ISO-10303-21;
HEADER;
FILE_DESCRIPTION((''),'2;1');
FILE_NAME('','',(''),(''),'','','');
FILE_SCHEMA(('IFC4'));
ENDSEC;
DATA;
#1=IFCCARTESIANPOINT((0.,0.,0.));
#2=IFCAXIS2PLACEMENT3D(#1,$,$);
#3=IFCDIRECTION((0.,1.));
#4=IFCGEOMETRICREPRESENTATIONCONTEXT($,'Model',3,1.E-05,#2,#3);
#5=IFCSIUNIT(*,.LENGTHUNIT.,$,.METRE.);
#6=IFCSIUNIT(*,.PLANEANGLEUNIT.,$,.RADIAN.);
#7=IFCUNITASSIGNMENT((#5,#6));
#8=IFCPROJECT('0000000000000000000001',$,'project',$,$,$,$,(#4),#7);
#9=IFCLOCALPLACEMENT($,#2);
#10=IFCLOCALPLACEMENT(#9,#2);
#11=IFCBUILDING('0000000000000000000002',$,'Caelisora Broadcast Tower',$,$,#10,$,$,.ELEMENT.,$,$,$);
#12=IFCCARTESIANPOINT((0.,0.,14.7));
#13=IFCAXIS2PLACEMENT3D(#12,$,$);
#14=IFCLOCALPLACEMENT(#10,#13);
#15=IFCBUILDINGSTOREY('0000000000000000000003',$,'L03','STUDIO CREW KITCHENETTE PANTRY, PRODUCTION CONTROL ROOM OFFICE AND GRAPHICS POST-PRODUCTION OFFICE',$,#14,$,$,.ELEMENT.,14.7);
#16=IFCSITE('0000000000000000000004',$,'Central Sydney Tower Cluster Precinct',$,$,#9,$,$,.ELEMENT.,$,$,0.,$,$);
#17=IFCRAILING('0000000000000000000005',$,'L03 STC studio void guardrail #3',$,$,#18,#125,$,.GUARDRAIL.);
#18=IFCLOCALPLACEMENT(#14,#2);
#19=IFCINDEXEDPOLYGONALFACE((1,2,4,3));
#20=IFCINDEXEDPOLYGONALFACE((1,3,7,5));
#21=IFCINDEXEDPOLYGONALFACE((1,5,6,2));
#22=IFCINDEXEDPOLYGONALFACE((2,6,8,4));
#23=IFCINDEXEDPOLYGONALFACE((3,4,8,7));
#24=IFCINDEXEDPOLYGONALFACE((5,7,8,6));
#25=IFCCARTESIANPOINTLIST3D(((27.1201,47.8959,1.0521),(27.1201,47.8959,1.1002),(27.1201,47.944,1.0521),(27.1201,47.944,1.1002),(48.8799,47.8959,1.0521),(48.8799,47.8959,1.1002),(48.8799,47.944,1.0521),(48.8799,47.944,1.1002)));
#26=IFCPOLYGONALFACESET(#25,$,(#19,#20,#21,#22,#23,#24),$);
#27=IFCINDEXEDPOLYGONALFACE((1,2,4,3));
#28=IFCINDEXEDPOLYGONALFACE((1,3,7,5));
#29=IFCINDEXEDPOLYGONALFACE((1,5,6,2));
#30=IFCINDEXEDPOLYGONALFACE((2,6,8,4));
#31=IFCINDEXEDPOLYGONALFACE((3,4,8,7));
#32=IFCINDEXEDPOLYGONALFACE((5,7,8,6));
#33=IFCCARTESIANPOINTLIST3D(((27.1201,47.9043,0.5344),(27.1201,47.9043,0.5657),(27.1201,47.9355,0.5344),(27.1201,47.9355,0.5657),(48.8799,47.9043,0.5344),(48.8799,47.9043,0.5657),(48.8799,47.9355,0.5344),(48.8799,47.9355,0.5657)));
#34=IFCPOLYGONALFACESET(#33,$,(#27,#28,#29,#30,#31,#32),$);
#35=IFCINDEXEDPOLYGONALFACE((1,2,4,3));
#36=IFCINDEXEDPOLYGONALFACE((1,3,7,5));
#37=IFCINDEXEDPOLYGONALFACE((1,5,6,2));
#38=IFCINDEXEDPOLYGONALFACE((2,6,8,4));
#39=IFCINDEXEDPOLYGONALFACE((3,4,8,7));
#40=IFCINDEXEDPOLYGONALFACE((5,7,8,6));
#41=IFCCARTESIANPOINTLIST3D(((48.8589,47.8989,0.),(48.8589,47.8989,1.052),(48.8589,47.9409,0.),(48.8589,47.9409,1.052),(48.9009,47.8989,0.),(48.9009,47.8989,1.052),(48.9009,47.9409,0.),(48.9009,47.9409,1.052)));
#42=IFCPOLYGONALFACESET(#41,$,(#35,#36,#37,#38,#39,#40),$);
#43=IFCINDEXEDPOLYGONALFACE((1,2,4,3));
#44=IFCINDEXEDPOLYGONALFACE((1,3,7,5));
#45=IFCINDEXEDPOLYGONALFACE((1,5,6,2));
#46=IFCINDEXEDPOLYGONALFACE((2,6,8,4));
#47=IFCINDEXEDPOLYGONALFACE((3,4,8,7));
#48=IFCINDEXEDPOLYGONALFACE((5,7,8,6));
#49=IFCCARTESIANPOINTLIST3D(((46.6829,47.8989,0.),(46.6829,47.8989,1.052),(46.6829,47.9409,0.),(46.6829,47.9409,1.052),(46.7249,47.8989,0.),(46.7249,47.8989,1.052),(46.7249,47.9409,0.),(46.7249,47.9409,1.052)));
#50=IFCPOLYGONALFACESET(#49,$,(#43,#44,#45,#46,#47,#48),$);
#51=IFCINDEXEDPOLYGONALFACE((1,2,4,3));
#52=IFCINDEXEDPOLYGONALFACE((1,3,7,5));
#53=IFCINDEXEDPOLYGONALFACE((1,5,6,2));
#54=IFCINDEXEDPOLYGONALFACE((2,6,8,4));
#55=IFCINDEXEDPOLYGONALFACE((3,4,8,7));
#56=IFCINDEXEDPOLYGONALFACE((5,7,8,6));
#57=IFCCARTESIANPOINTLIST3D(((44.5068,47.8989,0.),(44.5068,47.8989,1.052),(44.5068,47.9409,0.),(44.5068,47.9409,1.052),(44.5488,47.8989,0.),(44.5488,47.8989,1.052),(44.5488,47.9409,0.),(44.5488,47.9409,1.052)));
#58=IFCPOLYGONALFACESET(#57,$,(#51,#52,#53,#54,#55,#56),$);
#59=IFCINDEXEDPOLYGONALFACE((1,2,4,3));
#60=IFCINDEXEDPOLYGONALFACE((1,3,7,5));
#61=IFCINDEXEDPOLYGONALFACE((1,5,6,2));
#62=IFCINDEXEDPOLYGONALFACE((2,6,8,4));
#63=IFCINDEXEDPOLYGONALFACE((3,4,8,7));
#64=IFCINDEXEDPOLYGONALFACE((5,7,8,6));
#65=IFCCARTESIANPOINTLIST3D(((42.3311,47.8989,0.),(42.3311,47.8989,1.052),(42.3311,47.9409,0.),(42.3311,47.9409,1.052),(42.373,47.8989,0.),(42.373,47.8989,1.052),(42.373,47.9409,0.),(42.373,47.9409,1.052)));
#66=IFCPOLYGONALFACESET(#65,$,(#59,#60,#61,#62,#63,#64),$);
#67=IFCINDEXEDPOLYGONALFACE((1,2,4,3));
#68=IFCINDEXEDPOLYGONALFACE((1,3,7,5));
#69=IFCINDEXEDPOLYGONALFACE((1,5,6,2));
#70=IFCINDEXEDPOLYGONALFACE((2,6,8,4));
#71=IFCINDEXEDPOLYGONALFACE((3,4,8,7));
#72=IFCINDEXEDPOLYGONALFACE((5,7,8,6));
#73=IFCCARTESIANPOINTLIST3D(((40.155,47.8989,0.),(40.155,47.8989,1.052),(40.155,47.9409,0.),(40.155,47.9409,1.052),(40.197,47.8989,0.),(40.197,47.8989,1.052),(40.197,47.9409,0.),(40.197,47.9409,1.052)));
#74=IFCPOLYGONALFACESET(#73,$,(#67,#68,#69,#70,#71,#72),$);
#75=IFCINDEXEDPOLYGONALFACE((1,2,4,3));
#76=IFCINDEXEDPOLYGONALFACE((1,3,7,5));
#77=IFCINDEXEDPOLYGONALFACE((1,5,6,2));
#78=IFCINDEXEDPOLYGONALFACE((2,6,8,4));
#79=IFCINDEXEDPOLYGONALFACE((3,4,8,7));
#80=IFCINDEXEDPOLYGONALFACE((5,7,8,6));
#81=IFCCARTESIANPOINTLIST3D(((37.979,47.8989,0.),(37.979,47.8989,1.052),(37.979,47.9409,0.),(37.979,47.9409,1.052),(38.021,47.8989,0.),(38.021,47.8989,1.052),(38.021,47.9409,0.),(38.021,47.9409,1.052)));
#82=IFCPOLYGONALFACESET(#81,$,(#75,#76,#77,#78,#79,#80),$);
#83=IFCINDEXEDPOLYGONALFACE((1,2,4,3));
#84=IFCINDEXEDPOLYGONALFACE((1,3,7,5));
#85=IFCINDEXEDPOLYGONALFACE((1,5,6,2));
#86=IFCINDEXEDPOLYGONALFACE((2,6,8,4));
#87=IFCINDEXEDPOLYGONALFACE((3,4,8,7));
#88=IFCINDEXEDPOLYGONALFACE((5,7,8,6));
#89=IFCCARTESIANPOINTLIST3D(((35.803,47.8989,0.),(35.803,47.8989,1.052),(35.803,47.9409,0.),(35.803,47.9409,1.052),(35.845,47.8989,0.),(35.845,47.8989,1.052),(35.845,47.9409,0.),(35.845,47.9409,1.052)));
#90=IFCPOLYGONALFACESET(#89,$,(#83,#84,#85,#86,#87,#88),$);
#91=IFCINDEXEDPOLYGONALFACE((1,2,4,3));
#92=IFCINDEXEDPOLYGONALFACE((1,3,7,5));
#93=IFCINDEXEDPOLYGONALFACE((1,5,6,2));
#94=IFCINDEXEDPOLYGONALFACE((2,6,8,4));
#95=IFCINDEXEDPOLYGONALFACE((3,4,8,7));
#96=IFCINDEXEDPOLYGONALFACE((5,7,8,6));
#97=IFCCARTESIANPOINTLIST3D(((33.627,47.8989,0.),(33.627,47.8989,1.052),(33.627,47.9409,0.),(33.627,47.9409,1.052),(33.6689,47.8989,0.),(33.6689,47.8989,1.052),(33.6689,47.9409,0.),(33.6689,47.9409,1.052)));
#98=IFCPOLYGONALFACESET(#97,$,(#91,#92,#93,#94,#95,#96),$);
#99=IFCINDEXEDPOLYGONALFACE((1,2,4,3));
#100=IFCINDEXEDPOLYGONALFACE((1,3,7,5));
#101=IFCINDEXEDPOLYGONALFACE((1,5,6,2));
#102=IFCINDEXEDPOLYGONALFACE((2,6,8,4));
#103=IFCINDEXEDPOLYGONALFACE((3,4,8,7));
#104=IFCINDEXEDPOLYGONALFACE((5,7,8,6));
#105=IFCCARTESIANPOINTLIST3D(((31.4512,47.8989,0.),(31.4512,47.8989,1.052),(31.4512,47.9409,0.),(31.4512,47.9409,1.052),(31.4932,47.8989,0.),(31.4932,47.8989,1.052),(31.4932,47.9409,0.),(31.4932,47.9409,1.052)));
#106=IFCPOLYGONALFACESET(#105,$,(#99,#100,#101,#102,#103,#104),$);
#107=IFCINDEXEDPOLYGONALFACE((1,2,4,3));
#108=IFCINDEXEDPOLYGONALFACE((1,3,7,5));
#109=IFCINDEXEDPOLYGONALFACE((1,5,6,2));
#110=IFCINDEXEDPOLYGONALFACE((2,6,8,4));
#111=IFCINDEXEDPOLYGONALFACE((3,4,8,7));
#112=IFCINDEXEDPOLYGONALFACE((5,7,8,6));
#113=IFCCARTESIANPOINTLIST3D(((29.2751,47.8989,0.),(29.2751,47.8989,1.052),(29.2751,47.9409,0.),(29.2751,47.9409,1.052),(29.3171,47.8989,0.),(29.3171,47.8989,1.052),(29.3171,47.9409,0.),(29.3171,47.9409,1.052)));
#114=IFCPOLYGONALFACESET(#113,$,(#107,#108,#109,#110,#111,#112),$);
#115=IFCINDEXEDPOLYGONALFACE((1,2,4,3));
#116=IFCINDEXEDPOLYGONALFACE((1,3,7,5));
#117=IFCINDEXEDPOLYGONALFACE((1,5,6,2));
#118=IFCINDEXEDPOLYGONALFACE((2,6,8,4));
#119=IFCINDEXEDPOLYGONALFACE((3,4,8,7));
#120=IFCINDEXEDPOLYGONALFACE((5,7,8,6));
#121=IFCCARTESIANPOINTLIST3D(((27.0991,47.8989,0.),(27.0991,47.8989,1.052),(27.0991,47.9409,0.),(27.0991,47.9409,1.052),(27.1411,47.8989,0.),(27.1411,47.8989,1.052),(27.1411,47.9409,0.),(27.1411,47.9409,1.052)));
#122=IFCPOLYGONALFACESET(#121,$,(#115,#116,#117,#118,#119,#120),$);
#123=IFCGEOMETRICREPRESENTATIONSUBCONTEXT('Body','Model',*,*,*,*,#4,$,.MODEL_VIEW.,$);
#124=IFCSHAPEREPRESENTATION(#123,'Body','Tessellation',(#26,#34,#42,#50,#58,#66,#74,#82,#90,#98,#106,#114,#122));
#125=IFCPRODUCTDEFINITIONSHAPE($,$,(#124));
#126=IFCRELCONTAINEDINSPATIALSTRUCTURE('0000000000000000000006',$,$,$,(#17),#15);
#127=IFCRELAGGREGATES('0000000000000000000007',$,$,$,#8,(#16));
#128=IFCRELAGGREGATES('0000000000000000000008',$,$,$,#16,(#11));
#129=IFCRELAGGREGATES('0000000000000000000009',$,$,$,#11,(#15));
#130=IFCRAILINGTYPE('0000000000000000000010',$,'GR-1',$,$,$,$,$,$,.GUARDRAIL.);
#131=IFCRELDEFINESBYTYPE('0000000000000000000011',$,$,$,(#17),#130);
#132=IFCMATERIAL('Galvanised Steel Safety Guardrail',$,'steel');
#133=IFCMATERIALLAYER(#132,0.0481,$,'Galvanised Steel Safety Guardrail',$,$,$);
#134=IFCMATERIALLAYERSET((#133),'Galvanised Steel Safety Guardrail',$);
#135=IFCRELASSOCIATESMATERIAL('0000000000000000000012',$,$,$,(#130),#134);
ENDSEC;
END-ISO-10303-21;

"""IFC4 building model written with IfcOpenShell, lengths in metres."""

from ifc_helpers import new_model, si_unit, direction, frame, origin, origin_2d, place, context, subcontext, project, spatial, rectangle, extrude, material, layer, layer_set, type_object, element, save


model = new_model("IFC4")

# Units and contexts
model_context = context("Model", 3, precision=1e-05, world=origin(), true_north=direction((0.0, 1.0)))
body_context = subcontext(model_context, "Body", "Model", "MODEL_VIEW")
ifc_project = project(units=[si_unit("LENGTHUNIT", "METRE"), si_unit("PLANEANGLEUNIT", "RADIAN")], contexts=[model_context])

# Site, building, storey
site_placement = place(None, origin())
site = spatial("IfcSite", under=ifc_project, at=site_placement, Name="Central Sydney Tower Cluster Precinct", CompositionType="ELEMENT", RefElevation=0.0)
building_placement = place(site_placement, origin())
building = spatial("IfcBuilding", under=site, at=building_placement, Name="Caelisora Broadcast Tower", CompositionType="ELEMENT")
storey_placement = place(building_placement, frame((0.0, 0.0, 14.7)))
storey = spatial("IfcBuildingStorey", under=building, at=storey_placement, Name="L03", Description="STUDIO CREW KITCHENETTE PANTRY, PRODUCTION CONTROL ROOM OFFICE AND GRAPHICS POST-PRODUCTION OFFICE", CompositionType="ELEMENT", Elevation=14.7)

# Railing
ifc_material_1 = material(Name="Galvanised Steel Safety Guardrail", Category="steel")
ifc_layer_1 = layer(ifc_material_1, 0.0481, Name="Galvanised Steel Safety Guardrail")
ifc_layer_set_1 = layer_set([ifc_layer_1], Name="Galvanised Steel Safety Guardrail")
railing_type = type_object("IfcRailingType", Name="GR-1", PredefinedType="GUARDRAIL", material=ifc_layer_set_1)
railing_1_placement = place(storey_placement, frame((48.8799, 47.9199, 0.0)))
element("IfcRailing", 1, at=railing_1_placement, inside=storey, type_object=railing_type, Name="L03 STC studio void guardrail #3", PredefinedType="GUARDRAIL", context=body_context, shape_type="SweptSolid", body=[
    extrude(rectangle(XDim=0.0481, YDim=0.0481, at=origin_2d()), frame((0.0, 0.0, 1.0762), z_axis=(-1.0, 0.0, 0.0), x_axis=(0.0, -1.0, 0.0)), (0.0, 0.0, 1.0), 21.7598),
    extrude(rectangle(XDim=0.0312, YDim=0.0312, at=origin_2d()), frame((0.0, 0.0, 0.55), z_axis=(-1.0, 0.0, 0.0), x_axis=(0.0, -1.0, 0.0)), (0.0, 0.0, 1.0), 21.7598),
    extrude(rectangle(XDim=0.042, YDim=0.042, at=origin_2d()), origin(), (0.0, 0.0, 1.0), 1.052),
    extrude(rectangle(XDim=0.042, YDim=0.042, at=origin_2d()), frame((-2.176, 0.0, 0.0)), (0.0, 0.0, 1.0), 1.052),
    extrude(rectangle(XDim=0.042, YDim=0.042, at=origin_2d()), frame((-4.3521, 0.0, 0.0)), (0.0, 0.0, 1.0), 1.052),
    extrude(rectangle(XDim=0.042, YDim=0.042, at=origin_2d()), frame((-6.5278, 0.0, 0.0)), (0.0, 0.0, 1.0), 1.052),
    extrude(rectangle(XDim=0.042, YDim=0.042, at=origin_2d()), frame((-8.7039, 0.0, 0.0)), (0.0, 0.0, 1.0), 1.052),
    extrude(rectangle(XDim=0.042, YDim=0.042, at=origin_2d()), frame((-10.8799, 0.0, 0.0)), (0.0, 0.0, 1.0), 1.052),
    extrude(rectangle(XDim=0.042, YDim=0.042, at=origin_2d()), frame((-13.0559, 0.0, 0.0)), (0.0, 0.0, 1.0), 1.052),
    extrude(rectangle(XDim=0.042, YDim=0.042, at=origin_2d()), frame((-15.2319, 0.0, 0.0)), (0.0, 0.0, 1.0), 1.052),
    extrude(rectangle(XDim=0.042, YDim=0.042, at=origin_2d()), frame((-17.4077, 0.0, 0.0)), (0.0, 0.0, 1.0), 1.052),
    extrude(rectangle(XDim=0.042, YDim=0.042, at=origin_2d()), frame((-19.5837, 0.0, 0.0)), (0.0, 0.0, 1.0), 1.052),
    extrude(rectangle(XDim=0.042, YDim=0.042, at=origin_2d()), frame((-21.7598, 0.0, 0.0)), (0.0, 0.0, 1.0), 1.052),
])

save(model, "model.ifc")
